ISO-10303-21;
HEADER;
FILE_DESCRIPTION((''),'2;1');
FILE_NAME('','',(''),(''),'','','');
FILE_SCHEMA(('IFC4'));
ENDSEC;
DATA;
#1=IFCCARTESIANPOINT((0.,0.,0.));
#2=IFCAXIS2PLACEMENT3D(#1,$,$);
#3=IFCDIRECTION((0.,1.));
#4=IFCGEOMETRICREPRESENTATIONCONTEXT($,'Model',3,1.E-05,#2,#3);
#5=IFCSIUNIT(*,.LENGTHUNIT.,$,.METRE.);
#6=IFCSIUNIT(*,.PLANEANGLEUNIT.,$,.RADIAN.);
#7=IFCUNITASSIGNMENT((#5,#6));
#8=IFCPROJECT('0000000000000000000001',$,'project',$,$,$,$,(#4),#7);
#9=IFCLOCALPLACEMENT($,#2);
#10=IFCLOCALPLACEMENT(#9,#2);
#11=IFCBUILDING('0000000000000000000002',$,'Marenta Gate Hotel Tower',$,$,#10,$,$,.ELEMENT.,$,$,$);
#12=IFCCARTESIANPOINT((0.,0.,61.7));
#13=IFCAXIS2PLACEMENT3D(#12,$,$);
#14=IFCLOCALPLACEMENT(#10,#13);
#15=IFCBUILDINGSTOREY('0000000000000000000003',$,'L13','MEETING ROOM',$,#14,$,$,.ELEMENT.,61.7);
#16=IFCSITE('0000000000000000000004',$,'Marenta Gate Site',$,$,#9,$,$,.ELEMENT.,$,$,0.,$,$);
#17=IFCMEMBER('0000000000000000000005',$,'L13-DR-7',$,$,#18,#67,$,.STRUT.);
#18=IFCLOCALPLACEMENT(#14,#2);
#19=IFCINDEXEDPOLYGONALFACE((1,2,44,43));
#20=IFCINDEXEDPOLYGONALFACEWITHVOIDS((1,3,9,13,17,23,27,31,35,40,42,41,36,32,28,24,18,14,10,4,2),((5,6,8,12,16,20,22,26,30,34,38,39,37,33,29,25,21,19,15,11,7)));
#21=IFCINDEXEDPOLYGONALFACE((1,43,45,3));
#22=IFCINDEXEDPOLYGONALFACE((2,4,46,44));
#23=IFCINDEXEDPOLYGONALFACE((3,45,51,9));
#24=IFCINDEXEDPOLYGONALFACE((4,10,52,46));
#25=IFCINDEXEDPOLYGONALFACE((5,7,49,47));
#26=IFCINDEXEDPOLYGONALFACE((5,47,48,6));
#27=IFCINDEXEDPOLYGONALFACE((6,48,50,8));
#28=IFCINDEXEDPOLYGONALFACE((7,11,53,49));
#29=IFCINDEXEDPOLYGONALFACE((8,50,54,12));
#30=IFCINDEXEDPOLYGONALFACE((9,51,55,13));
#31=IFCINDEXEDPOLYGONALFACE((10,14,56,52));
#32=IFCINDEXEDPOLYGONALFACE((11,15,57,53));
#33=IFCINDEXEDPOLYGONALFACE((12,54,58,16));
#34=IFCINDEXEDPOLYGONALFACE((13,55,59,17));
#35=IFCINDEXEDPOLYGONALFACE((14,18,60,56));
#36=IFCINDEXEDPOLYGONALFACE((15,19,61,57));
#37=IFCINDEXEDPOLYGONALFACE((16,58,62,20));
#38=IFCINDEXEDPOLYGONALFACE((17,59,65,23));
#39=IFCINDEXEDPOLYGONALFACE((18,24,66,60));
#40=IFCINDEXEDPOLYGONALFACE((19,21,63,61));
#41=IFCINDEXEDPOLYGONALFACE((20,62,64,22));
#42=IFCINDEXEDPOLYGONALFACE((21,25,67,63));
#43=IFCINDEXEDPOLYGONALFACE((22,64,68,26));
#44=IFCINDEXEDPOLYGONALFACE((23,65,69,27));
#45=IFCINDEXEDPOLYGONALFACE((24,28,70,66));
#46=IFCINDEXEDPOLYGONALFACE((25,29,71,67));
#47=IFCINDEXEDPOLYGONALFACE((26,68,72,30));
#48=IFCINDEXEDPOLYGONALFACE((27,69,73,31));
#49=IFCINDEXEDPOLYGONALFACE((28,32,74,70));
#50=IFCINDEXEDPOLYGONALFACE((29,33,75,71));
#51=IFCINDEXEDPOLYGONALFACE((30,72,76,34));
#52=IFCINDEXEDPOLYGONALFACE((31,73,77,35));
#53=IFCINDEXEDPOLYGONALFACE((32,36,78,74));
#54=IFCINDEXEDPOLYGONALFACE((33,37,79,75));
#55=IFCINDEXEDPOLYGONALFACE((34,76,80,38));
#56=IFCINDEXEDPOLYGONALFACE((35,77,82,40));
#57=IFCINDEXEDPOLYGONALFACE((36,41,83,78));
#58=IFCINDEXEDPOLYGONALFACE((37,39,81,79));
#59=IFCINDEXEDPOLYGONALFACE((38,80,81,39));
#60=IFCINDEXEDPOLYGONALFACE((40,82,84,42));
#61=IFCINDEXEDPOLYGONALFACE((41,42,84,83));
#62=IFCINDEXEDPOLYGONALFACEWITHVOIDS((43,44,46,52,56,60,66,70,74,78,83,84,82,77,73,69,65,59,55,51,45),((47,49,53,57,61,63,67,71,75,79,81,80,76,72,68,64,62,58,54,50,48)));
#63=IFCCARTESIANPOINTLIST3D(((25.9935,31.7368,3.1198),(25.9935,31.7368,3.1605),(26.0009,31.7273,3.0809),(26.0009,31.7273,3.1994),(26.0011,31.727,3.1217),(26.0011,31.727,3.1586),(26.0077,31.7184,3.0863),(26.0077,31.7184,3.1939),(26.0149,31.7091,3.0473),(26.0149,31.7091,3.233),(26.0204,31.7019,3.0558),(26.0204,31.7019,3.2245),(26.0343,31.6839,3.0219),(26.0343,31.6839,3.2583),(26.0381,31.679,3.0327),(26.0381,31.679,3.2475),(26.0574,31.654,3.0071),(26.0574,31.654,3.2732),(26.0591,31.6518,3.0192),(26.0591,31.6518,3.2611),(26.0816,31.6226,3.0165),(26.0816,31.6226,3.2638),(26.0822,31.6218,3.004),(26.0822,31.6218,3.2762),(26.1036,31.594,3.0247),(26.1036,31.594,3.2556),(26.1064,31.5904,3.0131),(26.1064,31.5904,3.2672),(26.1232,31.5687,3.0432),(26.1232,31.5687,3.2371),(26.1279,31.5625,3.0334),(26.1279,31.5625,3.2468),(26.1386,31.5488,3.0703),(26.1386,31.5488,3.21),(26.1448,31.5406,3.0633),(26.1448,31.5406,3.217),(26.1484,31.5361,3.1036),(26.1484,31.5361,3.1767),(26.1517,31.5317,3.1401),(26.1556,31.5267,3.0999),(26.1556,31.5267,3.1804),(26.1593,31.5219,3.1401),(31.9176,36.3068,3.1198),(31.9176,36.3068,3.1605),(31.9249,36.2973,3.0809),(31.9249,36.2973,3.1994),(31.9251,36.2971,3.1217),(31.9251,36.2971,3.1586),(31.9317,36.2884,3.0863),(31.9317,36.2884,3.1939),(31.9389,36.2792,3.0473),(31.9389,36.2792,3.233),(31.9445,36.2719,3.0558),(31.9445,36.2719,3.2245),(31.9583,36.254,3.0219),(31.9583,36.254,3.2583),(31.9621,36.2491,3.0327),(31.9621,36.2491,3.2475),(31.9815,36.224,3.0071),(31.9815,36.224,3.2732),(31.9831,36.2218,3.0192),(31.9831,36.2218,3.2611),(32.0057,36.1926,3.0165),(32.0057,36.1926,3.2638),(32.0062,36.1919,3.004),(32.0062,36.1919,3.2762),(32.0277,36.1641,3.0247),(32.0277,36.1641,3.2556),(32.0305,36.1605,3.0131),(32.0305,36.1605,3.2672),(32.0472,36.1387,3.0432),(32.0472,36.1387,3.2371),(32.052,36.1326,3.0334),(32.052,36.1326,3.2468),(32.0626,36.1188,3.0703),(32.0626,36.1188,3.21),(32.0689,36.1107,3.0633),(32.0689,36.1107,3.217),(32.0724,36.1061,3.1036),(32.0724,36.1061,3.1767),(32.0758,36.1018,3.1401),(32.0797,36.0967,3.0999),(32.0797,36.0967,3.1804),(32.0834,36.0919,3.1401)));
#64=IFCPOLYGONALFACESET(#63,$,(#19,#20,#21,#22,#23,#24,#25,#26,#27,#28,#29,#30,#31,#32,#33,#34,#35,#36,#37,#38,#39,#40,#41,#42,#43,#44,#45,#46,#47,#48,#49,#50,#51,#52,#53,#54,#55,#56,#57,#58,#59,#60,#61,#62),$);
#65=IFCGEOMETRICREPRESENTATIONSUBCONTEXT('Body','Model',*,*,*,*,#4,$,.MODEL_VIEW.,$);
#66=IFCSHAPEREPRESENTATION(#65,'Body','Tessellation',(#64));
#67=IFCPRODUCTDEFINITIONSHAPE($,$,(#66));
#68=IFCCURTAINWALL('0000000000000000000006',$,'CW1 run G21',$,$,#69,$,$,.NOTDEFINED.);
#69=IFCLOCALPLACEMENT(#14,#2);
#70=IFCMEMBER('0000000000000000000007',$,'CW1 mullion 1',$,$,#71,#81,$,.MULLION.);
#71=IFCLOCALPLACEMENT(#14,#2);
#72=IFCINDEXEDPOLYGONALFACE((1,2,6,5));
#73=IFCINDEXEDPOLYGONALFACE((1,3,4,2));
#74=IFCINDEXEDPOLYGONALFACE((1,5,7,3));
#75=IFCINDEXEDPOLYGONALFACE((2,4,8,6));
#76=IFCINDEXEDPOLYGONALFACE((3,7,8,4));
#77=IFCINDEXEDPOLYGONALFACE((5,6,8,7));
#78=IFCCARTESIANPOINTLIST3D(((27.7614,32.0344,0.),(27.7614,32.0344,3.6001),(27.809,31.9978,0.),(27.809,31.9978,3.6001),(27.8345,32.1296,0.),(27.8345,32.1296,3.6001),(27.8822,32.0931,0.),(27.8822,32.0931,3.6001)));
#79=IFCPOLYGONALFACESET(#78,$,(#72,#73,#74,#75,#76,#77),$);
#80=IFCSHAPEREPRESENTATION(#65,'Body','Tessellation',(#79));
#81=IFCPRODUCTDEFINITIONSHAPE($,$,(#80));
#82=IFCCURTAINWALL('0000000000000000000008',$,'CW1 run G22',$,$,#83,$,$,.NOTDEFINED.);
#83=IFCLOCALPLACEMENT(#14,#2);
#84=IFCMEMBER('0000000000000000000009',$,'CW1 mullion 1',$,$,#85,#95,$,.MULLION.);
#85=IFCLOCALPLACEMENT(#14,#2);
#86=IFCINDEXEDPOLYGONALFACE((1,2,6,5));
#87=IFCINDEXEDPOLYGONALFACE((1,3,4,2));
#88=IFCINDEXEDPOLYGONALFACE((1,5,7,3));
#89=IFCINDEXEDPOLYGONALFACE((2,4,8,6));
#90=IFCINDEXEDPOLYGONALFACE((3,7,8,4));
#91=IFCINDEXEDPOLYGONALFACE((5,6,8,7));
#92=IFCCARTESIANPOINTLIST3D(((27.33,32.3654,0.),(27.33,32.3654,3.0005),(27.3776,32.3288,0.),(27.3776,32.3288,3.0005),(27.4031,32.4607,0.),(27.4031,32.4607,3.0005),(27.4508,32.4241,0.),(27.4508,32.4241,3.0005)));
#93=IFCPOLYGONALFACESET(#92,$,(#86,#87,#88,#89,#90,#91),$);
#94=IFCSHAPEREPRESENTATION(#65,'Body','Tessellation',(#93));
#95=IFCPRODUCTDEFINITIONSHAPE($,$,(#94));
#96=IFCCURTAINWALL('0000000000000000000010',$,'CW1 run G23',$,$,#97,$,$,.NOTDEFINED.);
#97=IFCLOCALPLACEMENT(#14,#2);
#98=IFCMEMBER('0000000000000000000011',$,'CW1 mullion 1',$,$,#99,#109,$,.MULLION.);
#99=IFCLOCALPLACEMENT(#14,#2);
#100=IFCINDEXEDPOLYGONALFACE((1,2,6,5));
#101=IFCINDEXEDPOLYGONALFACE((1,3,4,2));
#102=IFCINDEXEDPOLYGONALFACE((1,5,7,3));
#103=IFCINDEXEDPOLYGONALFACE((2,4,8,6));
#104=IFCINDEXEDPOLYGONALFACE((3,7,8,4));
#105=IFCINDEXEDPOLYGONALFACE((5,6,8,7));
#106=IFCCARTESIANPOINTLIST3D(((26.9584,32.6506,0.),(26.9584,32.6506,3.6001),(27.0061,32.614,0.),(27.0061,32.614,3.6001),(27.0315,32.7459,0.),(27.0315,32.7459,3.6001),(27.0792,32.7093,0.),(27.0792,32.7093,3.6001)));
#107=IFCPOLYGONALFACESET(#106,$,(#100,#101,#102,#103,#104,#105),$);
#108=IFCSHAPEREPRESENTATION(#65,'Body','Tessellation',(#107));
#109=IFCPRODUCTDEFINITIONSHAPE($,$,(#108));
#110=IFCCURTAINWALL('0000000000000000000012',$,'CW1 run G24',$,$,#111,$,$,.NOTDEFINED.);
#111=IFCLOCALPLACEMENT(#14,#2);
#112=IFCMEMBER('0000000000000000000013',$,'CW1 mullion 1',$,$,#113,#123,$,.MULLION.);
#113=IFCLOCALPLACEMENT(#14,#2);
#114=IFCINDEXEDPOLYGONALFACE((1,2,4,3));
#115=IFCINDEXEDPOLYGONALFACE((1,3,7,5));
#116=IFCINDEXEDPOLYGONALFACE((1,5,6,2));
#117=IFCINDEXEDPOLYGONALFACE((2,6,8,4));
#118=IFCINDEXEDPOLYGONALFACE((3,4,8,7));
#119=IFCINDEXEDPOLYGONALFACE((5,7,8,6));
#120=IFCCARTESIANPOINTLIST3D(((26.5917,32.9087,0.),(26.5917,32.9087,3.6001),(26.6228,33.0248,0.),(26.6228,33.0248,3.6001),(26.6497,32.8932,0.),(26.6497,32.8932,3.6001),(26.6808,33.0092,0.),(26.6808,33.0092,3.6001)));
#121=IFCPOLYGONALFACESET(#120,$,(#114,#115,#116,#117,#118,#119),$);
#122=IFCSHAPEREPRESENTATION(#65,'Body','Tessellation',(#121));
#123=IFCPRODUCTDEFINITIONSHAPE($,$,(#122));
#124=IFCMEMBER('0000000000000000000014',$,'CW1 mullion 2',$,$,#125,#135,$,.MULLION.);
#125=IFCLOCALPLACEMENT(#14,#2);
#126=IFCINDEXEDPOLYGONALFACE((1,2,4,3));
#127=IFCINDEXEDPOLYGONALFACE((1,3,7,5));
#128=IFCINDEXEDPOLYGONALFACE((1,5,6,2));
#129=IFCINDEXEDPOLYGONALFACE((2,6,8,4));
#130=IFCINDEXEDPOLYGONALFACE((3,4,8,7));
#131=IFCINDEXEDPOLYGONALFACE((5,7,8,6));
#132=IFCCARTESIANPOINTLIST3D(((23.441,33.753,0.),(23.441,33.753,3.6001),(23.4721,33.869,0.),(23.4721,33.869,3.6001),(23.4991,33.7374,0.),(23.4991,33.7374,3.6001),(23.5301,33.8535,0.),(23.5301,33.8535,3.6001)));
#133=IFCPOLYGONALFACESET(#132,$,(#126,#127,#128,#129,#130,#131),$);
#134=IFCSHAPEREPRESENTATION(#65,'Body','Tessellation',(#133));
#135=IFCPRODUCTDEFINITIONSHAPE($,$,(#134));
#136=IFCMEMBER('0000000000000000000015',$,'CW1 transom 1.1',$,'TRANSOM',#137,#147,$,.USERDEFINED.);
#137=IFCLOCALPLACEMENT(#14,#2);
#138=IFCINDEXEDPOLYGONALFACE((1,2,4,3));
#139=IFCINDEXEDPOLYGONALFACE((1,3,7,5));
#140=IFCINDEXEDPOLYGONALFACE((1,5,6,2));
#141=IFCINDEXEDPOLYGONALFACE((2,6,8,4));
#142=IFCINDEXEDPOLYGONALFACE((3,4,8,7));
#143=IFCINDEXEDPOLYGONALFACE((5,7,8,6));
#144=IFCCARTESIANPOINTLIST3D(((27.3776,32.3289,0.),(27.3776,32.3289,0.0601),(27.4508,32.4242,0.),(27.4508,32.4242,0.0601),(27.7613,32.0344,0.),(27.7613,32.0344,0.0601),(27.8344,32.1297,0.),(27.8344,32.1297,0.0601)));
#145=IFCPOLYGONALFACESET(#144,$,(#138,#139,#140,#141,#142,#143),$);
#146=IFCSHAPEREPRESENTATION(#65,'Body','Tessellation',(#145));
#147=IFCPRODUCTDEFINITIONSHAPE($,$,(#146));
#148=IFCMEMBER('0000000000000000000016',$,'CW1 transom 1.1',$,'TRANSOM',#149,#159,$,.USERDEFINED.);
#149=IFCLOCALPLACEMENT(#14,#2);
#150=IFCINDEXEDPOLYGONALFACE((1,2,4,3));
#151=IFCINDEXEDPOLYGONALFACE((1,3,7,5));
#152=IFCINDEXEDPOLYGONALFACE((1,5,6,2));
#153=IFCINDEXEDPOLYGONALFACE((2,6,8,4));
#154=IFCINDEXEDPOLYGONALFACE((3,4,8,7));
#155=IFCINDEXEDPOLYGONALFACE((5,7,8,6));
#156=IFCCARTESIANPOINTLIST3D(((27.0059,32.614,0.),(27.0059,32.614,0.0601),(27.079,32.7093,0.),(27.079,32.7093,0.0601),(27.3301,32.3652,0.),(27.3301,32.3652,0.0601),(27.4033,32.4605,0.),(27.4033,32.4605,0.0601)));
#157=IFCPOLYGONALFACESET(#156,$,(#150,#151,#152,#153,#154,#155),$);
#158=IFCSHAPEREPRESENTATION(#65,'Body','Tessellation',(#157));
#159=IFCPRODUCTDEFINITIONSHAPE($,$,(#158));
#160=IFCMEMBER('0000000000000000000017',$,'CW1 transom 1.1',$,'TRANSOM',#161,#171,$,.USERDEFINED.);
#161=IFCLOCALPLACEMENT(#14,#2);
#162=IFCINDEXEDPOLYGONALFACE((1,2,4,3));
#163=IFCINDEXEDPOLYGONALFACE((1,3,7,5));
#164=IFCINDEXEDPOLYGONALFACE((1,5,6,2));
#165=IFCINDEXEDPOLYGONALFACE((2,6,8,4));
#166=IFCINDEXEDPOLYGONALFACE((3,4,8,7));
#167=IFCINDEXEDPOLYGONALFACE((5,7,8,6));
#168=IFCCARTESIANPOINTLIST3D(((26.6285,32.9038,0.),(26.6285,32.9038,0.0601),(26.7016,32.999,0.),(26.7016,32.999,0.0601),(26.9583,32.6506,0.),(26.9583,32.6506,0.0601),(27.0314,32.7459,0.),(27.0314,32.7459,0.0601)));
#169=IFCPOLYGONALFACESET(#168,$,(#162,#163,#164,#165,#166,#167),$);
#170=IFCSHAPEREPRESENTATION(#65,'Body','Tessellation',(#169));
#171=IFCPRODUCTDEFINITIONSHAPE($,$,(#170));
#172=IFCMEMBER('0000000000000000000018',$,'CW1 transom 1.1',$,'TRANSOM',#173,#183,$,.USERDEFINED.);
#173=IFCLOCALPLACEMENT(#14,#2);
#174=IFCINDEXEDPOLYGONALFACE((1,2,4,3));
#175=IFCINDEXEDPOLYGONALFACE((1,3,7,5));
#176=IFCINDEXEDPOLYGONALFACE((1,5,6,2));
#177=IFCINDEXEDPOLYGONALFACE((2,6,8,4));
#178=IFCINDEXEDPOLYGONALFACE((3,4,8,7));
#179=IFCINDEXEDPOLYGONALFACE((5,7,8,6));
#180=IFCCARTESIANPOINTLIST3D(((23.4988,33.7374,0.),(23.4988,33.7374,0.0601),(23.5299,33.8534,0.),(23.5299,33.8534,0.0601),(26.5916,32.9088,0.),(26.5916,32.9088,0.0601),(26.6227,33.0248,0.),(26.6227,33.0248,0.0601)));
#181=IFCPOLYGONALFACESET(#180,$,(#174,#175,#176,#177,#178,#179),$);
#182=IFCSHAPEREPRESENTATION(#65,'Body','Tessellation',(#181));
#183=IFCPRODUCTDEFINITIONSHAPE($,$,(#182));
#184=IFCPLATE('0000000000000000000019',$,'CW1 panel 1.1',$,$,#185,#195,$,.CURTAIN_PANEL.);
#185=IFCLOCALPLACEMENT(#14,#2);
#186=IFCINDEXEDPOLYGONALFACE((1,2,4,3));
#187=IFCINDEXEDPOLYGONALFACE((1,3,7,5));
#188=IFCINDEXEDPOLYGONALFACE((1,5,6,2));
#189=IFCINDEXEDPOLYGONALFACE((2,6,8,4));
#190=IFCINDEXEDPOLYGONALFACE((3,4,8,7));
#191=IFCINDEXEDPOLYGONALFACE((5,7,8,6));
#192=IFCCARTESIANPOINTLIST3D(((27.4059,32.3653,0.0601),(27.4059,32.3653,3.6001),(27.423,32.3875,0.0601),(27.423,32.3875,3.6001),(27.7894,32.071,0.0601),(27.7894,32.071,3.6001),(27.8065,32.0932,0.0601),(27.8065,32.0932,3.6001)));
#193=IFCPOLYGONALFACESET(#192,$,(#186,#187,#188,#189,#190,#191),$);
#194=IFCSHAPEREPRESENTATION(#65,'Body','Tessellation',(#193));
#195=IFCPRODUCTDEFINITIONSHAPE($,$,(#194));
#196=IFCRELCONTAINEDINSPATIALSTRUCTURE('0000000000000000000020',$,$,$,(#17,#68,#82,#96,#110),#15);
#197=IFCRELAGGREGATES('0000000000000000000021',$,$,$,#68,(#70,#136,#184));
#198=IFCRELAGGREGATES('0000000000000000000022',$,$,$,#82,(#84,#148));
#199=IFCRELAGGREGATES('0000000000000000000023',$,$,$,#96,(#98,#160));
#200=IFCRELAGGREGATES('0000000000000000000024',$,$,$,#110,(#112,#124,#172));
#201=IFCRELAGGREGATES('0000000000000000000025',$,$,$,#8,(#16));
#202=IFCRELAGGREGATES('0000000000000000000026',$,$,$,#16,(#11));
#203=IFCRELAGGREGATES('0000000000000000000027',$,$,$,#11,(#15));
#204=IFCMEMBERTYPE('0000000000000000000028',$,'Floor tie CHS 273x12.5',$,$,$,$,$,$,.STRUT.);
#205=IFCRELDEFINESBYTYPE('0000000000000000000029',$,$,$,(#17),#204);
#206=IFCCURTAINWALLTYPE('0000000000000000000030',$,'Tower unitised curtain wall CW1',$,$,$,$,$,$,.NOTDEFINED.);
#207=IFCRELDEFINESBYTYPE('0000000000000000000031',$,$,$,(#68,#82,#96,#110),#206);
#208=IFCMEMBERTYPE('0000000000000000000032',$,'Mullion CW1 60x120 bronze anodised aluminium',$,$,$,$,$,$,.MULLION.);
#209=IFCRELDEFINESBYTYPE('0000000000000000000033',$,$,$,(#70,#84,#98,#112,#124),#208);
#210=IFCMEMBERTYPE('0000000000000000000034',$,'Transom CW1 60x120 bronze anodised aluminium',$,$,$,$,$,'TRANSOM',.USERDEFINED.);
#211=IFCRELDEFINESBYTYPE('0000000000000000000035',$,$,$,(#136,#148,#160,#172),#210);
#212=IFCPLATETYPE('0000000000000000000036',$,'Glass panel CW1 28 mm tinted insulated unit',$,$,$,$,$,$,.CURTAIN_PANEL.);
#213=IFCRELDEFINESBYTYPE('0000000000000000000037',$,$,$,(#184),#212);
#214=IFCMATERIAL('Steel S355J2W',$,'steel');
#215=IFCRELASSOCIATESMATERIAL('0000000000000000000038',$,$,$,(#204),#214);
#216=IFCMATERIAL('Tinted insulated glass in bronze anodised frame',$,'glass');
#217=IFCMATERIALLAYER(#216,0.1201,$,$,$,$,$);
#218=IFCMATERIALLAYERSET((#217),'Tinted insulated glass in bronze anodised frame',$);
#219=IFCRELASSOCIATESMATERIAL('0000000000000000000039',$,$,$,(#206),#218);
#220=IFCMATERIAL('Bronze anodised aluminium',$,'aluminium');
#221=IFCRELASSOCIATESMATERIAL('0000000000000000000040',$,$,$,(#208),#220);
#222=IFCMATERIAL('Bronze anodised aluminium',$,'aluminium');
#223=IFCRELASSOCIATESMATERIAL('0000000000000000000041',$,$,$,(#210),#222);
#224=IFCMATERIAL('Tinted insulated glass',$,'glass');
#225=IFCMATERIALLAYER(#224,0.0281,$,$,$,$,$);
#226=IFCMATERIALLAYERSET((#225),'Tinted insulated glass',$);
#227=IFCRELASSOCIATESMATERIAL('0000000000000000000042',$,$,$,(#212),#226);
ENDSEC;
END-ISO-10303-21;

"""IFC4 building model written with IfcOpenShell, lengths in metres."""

from ifc_helpers import new_model, si_unit, direction, frame, origin, origin_2d, place, context, subcontext, project, spatial, rectangle, hollow_circle, extrude, material, layer, layer_set, material_profile, profile_set, type_object, element, aggregate, save


model = new_model("IFC4")

# Units and contexts
model_context = context("Model", 3, precision=1e-05, world=origin(), true_north=direction((0.0, 1.0)))
body_context = subcontext(model_context, "Body", "Model", "MODEL_VIEW")
ifc_project = project(units=[si_unit("LENGTHUNIT", "METRE"), si_unit("PLANEANGLEUNIT", "RADIAN")], contexts=[model_context])

# Site, building, storey
site_placement = place(None, origin())
site = spatial("IfcSite", under=ifc_project, at=site_placement, Name="Marenta Gate Site", CompositionType="ELEMENT", RefElevation=0.0)
building_placement = place(site_placement, origin())
building = spatial("IfcBuilding", under=site, at=building_placement, Name="Marenta Gate Hotel Tower", CompositionType="ELEMENT")
storey_placement = place(building_placement, frame((0.0, 0.0, 61.7)))
storey = spatial("IfcBuildingStorey", under=building, at=storey_placement, Name="L13", Description="MEETING ROOM", CompositionType="ELEMENT", Elevation=61.7)

# Member
ifc_material_1 = material(Name="Steel S355J2W", Category="steel")
ifc_material_profile_1 = material_profile(ifc_material_1, hollow_circle(Radius=0.1365, WallThickness=0.0125, at=origin_2d()), Name="CHS 273x12.5")
ifc_profile_set_1 = profile_set([ifc_material_profile_1], Name="Steel S355J2W")
member_type_1 = type_object("IfcMemberType", Name="Floor tie CHS 273x12.5", PredefinedType="STRUT", material=ifc_profile_set_1)
member_1_placement = place(storey_placement, frame((32.0, 36.2, 3.1401), z_axis=(-0.791778, -0.610809, 0.0), x_axis=(0.610809, -0.791778, 0.0)))
element("IfcMember", 1, at=member_1_placement, inside=storey, type_object=member_type_1, Name="L13-DR-7", PredefinedType="STRUT", context=body_context, shape_type="SweptSolid", body=[
    extrude(hollow_circle(Radius=0.1365, WallThickness=0.0125, at=origin_2d()), origin(), (0.0, 0.0, 1.0), 7.4819),
])

# Curtain walls, members
ifc_material_2 = material(Name="Tinted insulated glass in bronze anodised frame", Category="glass")
ifc_layer_1 = layer(ifc_material_2, 0.1201)
ifc_layer_set_1 = layer_set([ifc_layer_1], Name="Tinted insulated glass in bronze anodised frame")
curtain_wall_type = type_object("IfcCurtainWallType", Name="Tower unitised curtain wall CW1", PredefinedType="NOTDEFINED", material=ifc_layer_set_1)
curtain_wall_1_placement = place(storey_placement, origin())
curtain_wall_1 = element("IfcCurtainWall", 2, at=curtain_wall_1_placement, inside=storey, type_object=curtain_wall_type, Name="CW1 run G21", PredefinedType="NOTDEFINED")
ifc_material_3 = material(Name="Bronze anodised aluminium", Category="aluminium")
ifc_material_profile_2 = material_profile(ifc_material_3, rectangle(XDim=0.1201, YDim=0.0601, at=origin_2d()), Name="Mullion CW1 60x120 bronze anodised aluminium")
ifc_profile_set_2 = profile_set([ifc_material_profile_2], Name="Bronze anodised aluminium")
member_type_2 = type_object("IfcMemberType", Name="Mullion CW1 60x120 bronze anodised aluminium", PredefinedType="MULLION", material=ifc_profile_set_2)
member_2_placement = place(storey_placement, frame((27.8218, 32.0637, 0.0), z_axis=(0.0, 0.0, 1.0), x_axis=(-0.608795, -0.793328, 0.0)))
member_2 = element("IfcMember", 3, at=member_2_placement, type_object=member_type_2, Name="CW1 mullion 1", PredefinedType="MULLION", context=body_context, shape_type="SweptSolid", body=[
    extrude(rectangle(XDim=0.1201, YDim=0.0601, at=origin_2d()), origin(), (0.0, 0.0, 1.0), 3.6001),
])
curtain_wall_2_placement = place(storey_placement, origin())
curtain_wall_2 = element("IfcCurtainWall", 4, at=curtain_wall_2_placement, inside=storey, type_object=curtain_wall_type, Name="CW1 run G22", PredefinedType="NOTDEFINED")
member_3_placement = place(storey_placement, frame((27.3904, 32.3948, 0.0), z_axis=(0.0, 0.0, 1.0), x_axis=(-0.608772, -0.793345, 0.0)))
member_3 = element("IfcMember", 5, at=member_3_placement, type_object=member_type_2, Name="CW1 mullion 1", PredefinedType="MULLION", context=body_context, shape_type="SweptSolid", body=[
    extrude(rectangle(XDim=0.1201, YDim=0.0601, at=origin_2d()), origin(), (0.0, 0.0, 1.0), 3.0005),
])
curtain_wall_3_placement = place(storey_placement, origin())
curtain_wall_3 = element("IfcCurtainWall", 6, at=curtain_wall_3_placement, inside=storey, type_object=curtain_wall_type, Name="CW1 run G23", PredefinedType="NOTDEFINED")
member_4_placement = place(storey_placement, frame((27.0188, 32.6799, 0.0), z_axis=(0.0, 0.0, 1.0), x_axis=(-0.608776, -0.793342, 0.0)))
member_4 = element("IfcMember", 7, at=member_4_placement, type_object=member_type_2, Name="CW1 mullion 1", PredefinedType="MULLION", context=body_context, shape_type="SweptSolid", body=[
    extrude(rectangle(XDim=0.1201, YDim=0.0601, at=origin_2d()), origin(), (0.0, 0.0, 1.0), 3.6001),
])

# Curtain wall, members
curtain_wall_4_placement = place(storey_placement, origin())
curtain_wall_4 = element("IfcCurtainWall", 8, at=curtain_wall_4_placement, inside=storey, type_object=curtain_wall_type, Name="CW1 run G24", PredefinedType="NOTDEFINED")
member_5_placement = place(storey_placement, frame((26.6362, 32.959, 0.0), z_axis=(0.0, 0.0, 1.0), x_axis=(-0.258807, -0.965929, 0.0)))
member_5 = element("IfcMember", 9, at=member_5_placement, type_object=member_type_2, Name="CW1 mullion 1", PredefinedType="MULLION", context=body_context, shape_type="SweptSolid", body=[
    extrude(rectangle(XDim=0.1201, YDim=0.0601, at=origin_2d()), origin(), (0.0, 0.0, 1.0), 3.6001),
])
member_6_placement = place(storey_placement, frame((23.4856, 33.8032, 0.0), z_axis=(0.0, 0.0, 1.0), x_axis=(-0.258807, -0.965929, 0.0)))
member_6 = element("IfcMember", 10, at=member_6_placement, type_object=member_type_2, Name="CW1 mullion 2", PredefinedType="MULLION", context=body_context, shape_type="SweptSolid", body=[
    extrude(rectangle(XDim=0.1201, YDim=0.0601, at=origin_2d()), origin(), (0.0, 0.0, 1.0), 3.6001),
])

# Members
ifc_material_4 = material(Name="Bronze anodised aluminium", Category="aluminium")
ifc_material_profile_3 = material_profile(ifc_material_4, rectangle(XDim=0.1201, YDim=0.0601, at=origin_2d()), Name="Transom CW1 60x120 bronze anodised aluminium")
ifc_profile_set_3 = profile_set([ifc_material_profile_3], Name="Bronze anodised aluminium")
member_type_3 = type_object("IfcMemberType", Name="Transom CW1 60x120 bronze anodised aluminium", ElementType="TRANSOM", PredefinedType="USERDEFINED", material=ifc_profile_set_3)
member_7_placement = place(storey_placement, frame((27.7979, 32.082, 0.03), z_axis=(-0.793224, 0.60893, 0.0), x_axis=(-0.60893, -0.793224, 0.0)))
member_7 = element("IfcMember", 11, at=member_7_placement, type_object=member_type_3, Name="CW1 transom 1.1", ObjectType="TRANSOM", PredefinedType="USERDEFINED", context=body_context, shape_type="SweptSolid", body=[
    extrude(rectangle(XDim=0.1201, YDim=0.0601, at=origin_2d()), origin(), (0.0, 0.0, 1.0), 0.4836),
])
member_8_placement = place(storey_placement, frame((27.3667, 32.4128, 0.03), z_axis=(-0.793356, 0.608758, 0.0), x_axis=(-0.608758, -0.793356, 0.0)))
member_8 = element("IfcMember", 12, at=member_8_placement, type_object=member_type_3, Name="CW1 transom 1.1", ObjectType="TRANSOM", PredefinedType="USERDEFINED", context=body_context, shape_type="SweptSolid", body=[
    extrude(rectangle(XDim=0.1201, YDim=0.0601, at=origin_2d()), origin(), (0.0, 0.0, 1.0), 0.4087),
])
member_9_placement = place(storey_placement, frame((26.9949, 32.6982, 0.03), z_axis=(-0.793257, 0.608888, 0.0), x_axis=(-0.608888, -0.793257, 0.0)))
member_9 = element("IfcMember", 13, at=member_9_placement, type_object=member_type_3, Name="CW1 transom 1.1", ObjectType="TRANSOM", PredefinedType="USERDEFINED", context=body_context, shape_type="SweptSolid", body=[
    extrude(rectangle(XDim=0.1201, YDim=0.0601, at=origin_2d()), origin(), (0.0, 0.0, 1.0), 0.4158),
])
member_10_placement = place(storey_placement, frame((26.6072, 32.9668, 0.03), z_axis=(-0.965933, 0.258792, 0.0), x_axis=(-0.258792, -0.965933, 0.0)))
member_10 = element("IfcMember", 14, at=member_10_placement, type_object=member_type_3, Name="CW1 transom 1.1", ObjectType="TRANSOM", PredefinedType="USERDEFINED", context=body_context, shape_type="SweptSolid", body=[
    extrude(rectangle(XDim=0.1201, YDim=0.0601, at=origin_2d()), origin(), (0.0, 0.0, 1.0), 3.2019),
])

# Plate
ifc_material_5 = material(Name="Tinted insulated glass", Category="glass")
ifc_layer_2 = layer(ifc_material_5, 0.0281)
ifc_layer_set_2 = layer_set([ifc_layer_2], Name="Tinted insulated glass")
plate_type = type_object("IfcPlateType", Name="Glass panel CW1 28 mm tinted insulated unit", PredefinedType="CURTAIN_PANEL", material=ifc_layer_set_2)
plate_1_placement = place(storey_placement, frame((27.6062, 32.2292, 0.0601), z_axis=(0.0, 0.0, 1.0), x_axis=(-0.793328, 0.608795, 0.0)))
plate_1 = element("IfcPlate", 15, at=plate_1_placement, type_object=plate_type, Name="CW1 panel 1.1", PredefinedType="CURTAIN_PANEL", context=body_context, shape_type="SweptSolid", body=[
    extrude(rectangle(XDim=0.4834, YDim=0.0281, at=origin_2d()), origin(), (0.0, 0.0, 1.0), 3.54),
])
aggregate(curtain_wall_1, [member_2, member_7, plate_1])
aggregate(curtain_wall_2, [member_3, member_8])
aggregate(curtain_wall_3, [member_4, member_9])
aggregate(curtain_wall_4, [member_5, member_6, member_10])

save(model, "model.ifc")
